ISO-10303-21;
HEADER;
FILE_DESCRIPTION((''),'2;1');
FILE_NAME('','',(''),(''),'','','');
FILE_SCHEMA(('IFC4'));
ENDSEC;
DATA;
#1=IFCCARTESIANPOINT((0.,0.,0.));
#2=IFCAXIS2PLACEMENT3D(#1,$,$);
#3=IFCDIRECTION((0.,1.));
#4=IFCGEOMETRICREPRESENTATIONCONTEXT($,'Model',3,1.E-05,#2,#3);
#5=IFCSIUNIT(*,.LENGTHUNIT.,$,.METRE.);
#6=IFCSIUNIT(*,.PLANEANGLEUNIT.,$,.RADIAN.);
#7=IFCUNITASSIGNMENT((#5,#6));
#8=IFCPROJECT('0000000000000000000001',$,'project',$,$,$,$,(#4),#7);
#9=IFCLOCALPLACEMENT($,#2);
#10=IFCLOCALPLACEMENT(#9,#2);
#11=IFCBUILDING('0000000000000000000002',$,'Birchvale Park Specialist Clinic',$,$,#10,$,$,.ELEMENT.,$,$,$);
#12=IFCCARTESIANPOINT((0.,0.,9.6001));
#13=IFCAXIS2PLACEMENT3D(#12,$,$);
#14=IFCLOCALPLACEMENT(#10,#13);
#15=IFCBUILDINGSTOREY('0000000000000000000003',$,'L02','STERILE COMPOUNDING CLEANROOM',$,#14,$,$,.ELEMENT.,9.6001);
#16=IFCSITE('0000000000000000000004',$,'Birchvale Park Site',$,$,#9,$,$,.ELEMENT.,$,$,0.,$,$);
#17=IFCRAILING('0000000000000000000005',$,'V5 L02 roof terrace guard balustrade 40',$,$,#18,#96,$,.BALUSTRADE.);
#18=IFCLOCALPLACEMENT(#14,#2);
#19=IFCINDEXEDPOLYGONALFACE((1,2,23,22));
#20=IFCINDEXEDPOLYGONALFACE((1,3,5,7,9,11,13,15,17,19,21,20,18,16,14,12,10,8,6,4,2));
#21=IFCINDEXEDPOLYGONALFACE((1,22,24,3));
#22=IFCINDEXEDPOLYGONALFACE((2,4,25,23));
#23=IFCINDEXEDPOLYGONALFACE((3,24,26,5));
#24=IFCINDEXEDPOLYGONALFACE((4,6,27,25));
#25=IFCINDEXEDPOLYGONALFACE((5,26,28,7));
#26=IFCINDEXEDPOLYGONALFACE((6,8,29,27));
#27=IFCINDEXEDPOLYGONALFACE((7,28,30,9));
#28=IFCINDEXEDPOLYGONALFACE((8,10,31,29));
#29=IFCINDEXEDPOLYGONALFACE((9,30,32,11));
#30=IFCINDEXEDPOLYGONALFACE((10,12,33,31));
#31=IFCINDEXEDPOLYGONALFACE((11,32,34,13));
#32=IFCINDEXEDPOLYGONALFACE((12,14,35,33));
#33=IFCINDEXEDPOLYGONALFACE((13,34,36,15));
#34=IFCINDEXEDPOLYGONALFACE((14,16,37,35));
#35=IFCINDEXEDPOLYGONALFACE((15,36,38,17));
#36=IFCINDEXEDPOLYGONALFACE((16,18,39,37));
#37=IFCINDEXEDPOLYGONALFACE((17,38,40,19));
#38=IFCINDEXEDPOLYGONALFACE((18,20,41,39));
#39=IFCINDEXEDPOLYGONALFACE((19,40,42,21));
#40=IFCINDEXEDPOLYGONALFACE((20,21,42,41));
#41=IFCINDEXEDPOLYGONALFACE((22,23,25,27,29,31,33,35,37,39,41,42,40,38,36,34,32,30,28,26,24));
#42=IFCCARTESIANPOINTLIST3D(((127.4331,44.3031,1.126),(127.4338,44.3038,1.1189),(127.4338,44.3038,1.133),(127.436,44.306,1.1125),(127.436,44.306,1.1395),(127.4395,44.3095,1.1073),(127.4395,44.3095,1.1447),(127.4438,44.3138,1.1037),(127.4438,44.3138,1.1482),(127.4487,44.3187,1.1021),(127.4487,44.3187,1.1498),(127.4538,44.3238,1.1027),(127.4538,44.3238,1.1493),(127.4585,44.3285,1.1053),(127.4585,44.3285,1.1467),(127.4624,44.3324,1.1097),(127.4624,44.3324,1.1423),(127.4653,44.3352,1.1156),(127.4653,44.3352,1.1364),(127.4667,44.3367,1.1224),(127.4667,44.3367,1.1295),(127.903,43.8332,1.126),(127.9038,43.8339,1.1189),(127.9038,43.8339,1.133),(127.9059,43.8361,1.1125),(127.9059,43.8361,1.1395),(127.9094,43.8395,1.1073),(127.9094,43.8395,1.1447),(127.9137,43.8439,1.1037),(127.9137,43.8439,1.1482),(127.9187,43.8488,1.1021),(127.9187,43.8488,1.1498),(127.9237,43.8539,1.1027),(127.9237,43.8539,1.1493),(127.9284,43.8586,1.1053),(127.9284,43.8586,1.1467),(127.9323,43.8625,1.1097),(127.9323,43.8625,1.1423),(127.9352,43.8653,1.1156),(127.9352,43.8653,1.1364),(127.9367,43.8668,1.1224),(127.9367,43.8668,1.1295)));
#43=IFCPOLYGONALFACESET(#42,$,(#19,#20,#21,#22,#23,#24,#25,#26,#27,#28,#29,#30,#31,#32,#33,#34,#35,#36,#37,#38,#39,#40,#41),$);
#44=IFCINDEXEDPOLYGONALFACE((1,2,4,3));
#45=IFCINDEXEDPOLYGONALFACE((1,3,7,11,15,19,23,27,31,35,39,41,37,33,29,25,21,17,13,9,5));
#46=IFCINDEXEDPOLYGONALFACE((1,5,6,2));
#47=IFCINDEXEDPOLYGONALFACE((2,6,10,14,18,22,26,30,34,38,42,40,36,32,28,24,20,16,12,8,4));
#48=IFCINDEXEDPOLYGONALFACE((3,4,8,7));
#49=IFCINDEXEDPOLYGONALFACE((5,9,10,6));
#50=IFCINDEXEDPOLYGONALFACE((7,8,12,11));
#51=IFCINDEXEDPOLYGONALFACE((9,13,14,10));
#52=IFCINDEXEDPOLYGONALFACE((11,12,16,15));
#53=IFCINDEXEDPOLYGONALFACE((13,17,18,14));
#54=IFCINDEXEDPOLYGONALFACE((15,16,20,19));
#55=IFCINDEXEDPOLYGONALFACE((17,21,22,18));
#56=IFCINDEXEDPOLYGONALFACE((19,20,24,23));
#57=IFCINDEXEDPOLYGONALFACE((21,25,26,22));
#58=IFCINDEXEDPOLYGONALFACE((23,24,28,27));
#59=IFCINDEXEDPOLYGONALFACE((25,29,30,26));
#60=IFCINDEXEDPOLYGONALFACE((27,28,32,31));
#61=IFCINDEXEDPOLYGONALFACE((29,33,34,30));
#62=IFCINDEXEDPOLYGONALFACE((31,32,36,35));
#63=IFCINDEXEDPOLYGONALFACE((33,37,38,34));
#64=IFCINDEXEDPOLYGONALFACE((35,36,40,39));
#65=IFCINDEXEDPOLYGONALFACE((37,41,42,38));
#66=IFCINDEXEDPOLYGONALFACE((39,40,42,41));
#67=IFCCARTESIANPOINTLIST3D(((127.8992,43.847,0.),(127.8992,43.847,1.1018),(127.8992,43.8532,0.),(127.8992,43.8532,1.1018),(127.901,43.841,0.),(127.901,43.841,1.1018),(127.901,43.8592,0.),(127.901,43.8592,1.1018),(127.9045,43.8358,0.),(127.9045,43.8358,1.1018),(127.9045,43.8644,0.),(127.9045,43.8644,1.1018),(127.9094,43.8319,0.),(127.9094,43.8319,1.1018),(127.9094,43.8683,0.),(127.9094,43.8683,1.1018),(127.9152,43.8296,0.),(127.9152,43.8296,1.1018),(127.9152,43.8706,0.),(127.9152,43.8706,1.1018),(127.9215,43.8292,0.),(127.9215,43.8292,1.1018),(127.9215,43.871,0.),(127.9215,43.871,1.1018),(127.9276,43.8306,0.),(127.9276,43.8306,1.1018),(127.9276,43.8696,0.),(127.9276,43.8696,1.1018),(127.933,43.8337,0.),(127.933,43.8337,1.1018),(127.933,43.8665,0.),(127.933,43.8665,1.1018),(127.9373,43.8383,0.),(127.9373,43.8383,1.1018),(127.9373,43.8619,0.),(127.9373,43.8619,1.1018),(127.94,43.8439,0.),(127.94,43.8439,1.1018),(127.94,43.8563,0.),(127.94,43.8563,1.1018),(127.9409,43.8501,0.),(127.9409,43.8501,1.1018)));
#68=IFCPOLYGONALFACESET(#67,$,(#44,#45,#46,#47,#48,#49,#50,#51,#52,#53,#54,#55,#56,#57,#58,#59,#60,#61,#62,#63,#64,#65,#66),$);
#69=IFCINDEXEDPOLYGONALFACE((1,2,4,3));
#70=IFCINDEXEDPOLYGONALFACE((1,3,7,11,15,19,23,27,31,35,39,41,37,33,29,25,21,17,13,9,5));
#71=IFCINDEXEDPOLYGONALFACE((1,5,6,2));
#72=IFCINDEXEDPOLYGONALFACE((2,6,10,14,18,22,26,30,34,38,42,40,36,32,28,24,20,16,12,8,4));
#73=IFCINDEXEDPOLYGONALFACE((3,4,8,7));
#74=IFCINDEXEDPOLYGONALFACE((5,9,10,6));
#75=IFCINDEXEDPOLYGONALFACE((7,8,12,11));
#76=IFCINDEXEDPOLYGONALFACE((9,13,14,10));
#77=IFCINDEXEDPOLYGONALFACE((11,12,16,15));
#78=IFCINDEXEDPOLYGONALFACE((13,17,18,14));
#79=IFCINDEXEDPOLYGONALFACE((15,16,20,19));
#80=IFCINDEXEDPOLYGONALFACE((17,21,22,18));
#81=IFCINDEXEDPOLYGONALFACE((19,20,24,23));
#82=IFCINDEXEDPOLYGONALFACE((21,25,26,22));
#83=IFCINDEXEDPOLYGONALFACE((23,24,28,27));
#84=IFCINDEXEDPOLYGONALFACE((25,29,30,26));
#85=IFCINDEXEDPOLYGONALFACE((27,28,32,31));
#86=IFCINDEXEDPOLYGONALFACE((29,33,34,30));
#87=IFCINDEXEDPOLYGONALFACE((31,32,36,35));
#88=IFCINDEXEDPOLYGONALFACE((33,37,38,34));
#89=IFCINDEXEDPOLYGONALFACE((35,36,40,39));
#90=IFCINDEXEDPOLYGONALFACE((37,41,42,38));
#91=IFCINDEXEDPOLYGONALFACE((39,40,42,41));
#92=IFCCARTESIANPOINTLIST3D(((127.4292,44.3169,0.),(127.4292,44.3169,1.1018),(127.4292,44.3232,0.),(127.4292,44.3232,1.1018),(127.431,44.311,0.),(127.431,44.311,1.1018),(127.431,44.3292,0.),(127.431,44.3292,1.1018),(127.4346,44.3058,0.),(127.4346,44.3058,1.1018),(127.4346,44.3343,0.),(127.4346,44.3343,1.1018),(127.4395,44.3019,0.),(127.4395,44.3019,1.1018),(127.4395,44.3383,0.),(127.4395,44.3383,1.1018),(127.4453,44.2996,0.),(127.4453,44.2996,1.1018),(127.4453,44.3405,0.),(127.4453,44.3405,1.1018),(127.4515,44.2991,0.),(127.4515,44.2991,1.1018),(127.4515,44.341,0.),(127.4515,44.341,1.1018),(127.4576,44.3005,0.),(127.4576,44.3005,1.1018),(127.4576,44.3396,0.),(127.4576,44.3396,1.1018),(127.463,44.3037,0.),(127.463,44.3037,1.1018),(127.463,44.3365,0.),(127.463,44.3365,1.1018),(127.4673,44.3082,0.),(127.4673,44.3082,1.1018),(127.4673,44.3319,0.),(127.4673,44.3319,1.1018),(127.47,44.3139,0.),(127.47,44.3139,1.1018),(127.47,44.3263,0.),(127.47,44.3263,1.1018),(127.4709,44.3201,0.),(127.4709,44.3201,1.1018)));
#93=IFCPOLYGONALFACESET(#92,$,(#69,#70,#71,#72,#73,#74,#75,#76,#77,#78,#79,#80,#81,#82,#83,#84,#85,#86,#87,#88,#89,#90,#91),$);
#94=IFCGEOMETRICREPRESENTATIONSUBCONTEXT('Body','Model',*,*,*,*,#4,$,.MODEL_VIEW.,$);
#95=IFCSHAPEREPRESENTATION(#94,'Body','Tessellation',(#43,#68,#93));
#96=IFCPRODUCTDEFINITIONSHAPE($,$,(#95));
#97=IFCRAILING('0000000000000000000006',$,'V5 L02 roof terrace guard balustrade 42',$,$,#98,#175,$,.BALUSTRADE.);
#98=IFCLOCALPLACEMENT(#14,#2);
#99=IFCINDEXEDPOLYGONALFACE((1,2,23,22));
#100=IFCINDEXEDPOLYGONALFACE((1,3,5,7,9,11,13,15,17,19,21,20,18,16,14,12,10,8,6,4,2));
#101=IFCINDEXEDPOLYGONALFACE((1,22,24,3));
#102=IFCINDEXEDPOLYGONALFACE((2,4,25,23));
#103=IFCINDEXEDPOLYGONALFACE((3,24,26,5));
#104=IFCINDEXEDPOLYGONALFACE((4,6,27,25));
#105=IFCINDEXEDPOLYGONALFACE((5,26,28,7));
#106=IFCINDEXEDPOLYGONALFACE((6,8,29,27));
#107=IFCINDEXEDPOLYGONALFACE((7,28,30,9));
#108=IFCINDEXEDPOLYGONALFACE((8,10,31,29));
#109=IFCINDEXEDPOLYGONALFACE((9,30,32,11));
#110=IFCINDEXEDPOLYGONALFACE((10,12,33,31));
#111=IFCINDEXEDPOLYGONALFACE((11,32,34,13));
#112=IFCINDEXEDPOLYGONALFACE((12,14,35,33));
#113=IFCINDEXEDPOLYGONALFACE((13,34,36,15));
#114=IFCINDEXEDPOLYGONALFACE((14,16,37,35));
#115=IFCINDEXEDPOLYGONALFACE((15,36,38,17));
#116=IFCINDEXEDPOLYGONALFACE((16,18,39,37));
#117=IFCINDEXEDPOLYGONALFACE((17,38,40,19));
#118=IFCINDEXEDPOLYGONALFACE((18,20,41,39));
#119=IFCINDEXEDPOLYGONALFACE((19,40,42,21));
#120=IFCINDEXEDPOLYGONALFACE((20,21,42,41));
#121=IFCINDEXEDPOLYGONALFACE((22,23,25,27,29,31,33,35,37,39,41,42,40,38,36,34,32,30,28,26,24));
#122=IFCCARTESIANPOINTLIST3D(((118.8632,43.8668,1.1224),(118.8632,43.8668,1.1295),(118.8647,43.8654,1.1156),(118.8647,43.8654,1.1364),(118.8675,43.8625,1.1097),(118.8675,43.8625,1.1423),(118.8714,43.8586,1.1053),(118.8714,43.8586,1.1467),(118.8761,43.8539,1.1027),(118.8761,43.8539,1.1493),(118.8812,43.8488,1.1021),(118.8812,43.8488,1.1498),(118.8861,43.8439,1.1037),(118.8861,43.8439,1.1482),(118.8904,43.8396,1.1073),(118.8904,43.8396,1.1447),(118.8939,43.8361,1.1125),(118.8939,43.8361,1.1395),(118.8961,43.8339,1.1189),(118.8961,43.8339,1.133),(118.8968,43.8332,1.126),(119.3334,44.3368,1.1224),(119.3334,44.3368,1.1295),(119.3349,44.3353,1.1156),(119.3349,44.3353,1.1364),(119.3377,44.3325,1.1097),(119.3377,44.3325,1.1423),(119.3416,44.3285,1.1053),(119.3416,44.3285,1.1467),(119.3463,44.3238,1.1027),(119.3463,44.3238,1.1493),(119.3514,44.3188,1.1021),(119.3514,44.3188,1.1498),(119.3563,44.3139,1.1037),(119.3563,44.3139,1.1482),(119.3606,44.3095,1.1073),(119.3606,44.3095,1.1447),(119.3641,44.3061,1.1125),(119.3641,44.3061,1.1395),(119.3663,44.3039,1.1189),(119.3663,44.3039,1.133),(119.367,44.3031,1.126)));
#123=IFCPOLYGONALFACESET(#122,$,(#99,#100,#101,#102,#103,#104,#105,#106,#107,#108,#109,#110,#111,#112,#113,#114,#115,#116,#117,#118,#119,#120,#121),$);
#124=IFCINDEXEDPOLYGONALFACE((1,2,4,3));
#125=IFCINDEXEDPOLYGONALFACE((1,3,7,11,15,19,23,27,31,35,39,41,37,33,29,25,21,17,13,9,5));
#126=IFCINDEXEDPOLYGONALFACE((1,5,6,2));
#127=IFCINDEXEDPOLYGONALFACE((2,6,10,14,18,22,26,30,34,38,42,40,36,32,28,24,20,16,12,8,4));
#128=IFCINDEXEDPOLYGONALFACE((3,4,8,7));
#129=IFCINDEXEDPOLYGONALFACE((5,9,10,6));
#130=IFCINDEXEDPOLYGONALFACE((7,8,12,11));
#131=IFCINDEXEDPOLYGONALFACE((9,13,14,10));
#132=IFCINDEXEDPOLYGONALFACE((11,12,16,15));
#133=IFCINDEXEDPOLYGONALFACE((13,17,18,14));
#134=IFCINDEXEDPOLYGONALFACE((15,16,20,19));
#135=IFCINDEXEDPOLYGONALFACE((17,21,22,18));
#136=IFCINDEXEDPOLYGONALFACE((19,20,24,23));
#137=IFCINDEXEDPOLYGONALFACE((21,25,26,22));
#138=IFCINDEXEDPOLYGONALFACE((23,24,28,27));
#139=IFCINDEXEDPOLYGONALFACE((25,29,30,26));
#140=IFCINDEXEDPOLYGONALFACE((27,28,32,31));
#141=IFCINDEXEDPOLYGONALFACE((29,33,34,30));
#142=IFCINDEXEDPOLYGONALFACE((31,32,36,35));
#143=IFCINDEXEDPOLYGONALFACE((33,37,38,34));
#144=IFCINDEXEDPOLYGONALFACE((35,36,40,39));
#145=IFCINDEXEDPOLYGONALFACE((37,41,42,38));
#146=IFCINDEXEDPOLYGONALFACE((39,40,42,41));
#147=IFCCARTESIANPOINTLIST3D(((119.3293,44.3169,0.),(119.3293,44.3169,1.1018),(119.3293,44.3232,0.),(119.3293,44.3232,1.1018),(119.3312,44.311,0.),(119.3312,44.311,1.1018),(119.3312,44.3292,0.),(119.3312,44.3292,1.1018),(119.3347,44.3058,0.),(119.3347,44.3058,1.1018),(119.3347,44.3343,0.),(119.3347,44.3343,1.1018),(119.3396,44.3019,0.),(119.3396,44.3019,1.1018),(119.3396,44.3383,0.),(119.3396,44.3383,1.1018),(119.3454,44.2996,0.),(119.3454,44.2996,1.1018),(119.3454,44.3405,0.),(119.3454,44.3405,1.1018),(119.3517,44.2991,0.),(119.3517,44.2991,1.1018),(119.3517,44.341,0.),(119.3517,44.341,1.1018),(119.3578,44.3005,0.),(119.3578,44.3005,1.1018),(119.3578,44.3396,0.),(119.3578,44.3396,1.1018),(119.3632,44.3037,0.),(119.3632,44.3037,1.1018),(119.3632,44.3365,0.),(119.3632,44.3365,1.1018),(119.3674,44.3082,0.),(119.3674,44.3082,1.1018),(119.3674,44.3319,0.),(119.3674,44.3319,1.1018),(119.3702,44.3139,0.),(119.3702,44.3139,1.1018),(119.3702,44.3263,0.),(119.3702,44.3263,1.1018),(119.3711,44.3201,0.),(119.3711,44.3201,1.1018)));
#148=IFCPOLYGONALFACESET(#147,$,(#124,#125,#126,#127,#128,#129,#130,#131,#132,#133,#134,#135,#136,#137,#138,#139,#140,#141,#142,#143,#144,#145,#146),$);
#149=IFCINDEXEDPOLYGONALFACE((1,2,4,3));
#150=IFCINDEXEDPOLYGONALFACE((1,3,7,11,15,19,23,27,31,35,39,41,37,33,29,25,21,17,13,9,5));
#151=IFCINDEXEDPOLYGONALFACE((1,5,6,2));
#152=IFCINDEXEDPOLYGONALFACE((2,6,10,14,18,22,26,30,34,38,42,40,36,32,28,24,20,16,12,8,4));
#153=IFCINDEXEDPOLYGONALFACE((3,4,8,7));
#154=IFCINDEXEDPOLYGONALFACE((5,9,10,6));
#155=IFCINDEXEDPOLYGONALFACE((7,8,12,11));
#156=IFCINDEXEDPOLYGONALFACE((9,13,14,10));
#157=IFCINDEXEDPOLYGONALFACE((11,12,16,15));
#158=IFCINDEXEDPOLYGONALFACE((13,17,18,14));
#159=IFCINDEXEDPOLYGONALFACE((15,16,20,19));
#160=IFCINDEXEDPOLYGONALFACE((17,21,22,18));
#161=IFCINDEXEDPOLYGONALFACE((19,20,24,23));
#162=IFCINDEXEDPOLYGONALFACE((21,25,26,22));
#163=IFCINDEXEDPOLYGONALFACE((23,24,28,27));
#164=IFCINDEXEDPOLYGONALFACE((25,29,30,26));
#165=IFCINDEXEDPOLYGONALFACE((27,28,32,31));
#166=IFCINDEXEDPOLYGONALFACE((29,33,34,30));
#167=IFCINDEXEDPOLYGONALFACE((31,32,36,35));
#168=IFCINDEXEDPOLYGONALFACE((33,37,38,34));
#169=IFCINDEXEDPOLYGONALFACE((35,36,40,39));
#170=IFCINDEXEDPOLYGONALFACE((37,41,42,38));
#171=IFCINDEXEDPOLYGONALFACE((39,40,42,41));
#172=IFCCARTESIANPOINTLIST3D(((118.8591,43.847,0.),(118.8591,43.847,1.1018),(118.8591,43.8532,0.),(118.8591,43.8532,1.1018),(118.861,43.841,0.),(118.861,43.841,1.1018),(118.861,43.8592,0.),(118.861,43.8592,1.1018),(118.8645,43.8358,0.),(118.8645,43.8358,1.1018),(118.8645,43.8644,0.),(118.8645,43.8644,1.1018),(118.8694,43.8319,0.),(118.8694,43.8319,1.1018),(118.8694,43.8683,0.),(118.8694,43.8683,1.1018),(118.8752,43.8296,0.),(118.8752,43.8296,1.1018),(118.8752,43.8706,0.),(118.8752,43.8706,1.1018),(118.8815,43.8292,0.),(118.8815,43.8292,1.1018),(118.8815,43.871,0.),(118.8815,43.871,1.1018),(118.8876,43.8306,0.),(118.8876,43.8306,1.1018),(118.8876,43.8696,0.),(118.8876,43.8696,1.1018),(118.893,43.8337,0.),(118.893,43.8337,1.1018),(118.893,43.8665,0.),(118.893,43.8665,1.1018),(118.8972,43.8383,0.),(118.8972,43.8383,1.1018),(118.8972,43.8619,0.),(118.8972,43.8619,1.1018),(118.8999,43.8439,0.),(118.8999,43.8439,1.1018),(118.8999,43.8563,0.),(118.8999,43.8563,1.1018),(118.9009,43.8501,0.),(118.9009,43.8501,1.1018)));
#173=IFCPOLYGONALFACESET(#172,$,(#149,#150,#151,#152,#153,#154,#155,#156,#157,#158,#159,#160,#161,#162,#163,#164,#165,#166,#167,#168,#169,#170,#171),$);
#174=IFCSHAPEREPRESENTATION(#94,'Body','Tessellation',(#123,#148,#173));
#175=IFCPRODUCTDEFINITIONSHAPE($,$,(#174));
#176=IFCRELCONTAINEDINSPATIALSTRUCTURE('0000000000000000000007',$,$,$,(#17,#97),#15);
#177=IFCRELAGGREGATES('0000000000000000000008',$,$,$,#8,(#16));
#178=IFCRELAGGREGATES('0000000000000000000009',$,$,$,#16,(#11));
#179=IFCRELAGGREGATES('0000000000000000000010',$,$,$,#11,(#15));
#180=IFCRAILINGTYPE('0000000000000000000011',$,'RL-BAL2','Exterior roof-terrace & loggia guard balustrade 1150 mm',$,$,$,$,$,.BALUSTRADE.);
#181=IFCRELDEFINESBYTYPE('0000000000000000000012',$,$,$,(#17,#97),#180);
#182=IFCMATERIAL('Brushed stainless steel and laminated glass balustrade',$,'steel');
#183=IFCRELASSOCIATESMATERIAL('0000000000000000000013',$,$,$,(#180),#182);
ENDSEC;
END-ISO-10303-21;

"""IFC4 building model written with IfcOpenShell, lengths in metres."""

from ifc_helpers import new_model, si_unit, direction, frame, origin, origin_2d, place, context, subcontext, project, spatial, circle, extrude, material, type_object, element, save


model = new_model("IFC4")

# Units and contexts
model_context = context("Model", 3, precision=1e-05, world=origin(), true_north=direction((0.0, 1.0)))
body_context = subcontext(model_context, "Body", "Model", "MODEL_VIEW")
ifc_project = project(units=[si_unit("LENGTHUNIT", "METRE"), si_unit("PLANEANGLEUNIT", "RADIAN")], contexts=[model_context])

# Site, building, storey
site_placement = place(None, origin())
site = spatial("IfcSite", under=ifc_project, at=site_placement, Name="Birchvale Park Site", CompositionType="ELEMENT", RefElevation=0.0)
building_placement = place(site_placement, origin())
building = spatial("IfcBuilding", under=site, at=building_placement, Name="Birchvale Park Specialist Clinic", CompositionType="ELEMENT")
storey_placement = place(building_placement, frame((0.0, 0.0, 9.6001)))
storey = spatial("IfcBuildingStorey", under=building, at=storey_placement, Name="L02", Description="STERILE COMPOUNDING CLEANROOM", CompositionType="ELEMENT", Elevation=9.6001)

# Railings
ifc_material_1 = material(Name="Brushed stainless steel and laminated glass balustrade", Category="steel")
railing_type = type_object("IfcRailingType", Name="RL-BAL2", Description="Exterior roof-terrace & loggia guard balustrade 1150 mm", PredefinedType="BALUSTRADE", material=ifc_material_1)
railing_1_placement = place(storey_placement, frame((127.9199, 43.8501, 0.0)))
element("IfcRailing", 1, at=railing_1_placement, inside=storey, type_object=railing_type, Name="V5 L02 roof terrace guard balustrade 40", PredefinedType="BALUSTRADE", context=body_context, shape_type="SweptSolid", body=[
    extrude(circle(Radius=0.0239, at=origin_2d()), frame((0.0, 0.0, 1.126), z_axis=(-0.707107, 0.707107, 0.0), x_axis=(-0.707107, -0.707107, 0.0)), (0.0, 0.0, 1.0), 0.6646),
    extrude(circle(Radius=0.021, at=origin_2d()), origin(), (0.0, 0.0, 1.0), 1.1018),
    extrude(circle(Radius=0.021, at=origin_2d()), frame((-0.47, 0.47, 0.0)), (0.0, 0.0, 1.0), 1.1018),
])
railing_2_placement = place(storey_placement, frame((119.3501, 44.3201, 0.0)))
element("IfcRailing", 2, at=railing_2_placement, inside=storey, type_object=railing_type, Name="V5 L02 roof terrace guard balustrade 42", PredefinedType="BALUSTRADE", context=body_context, shape_type="SweptSolid", body=[
    extrude(circle(Radius=0.0239, at=origin_2d()), frame((0.0, 0.0, 1.126), z_axis=(-0.70729, -0.706923, 0.0), x_axis=(0.706923, -0.70729, 0.0)), (0.0, 0.0, 1.0), 0.6648),
    extrude(circle(Radius=0.021, at=origin_2d()), origin(), (0.0, 0.0, 1.0), 1.1018),
    extrude(circle(Radius=0.021, at=origin_2d()), frame((-0.4702, -0.47, 0.0)), (0.0, 0.0, 1.0), 1.1018),
])

save(model, "model.ifc")
